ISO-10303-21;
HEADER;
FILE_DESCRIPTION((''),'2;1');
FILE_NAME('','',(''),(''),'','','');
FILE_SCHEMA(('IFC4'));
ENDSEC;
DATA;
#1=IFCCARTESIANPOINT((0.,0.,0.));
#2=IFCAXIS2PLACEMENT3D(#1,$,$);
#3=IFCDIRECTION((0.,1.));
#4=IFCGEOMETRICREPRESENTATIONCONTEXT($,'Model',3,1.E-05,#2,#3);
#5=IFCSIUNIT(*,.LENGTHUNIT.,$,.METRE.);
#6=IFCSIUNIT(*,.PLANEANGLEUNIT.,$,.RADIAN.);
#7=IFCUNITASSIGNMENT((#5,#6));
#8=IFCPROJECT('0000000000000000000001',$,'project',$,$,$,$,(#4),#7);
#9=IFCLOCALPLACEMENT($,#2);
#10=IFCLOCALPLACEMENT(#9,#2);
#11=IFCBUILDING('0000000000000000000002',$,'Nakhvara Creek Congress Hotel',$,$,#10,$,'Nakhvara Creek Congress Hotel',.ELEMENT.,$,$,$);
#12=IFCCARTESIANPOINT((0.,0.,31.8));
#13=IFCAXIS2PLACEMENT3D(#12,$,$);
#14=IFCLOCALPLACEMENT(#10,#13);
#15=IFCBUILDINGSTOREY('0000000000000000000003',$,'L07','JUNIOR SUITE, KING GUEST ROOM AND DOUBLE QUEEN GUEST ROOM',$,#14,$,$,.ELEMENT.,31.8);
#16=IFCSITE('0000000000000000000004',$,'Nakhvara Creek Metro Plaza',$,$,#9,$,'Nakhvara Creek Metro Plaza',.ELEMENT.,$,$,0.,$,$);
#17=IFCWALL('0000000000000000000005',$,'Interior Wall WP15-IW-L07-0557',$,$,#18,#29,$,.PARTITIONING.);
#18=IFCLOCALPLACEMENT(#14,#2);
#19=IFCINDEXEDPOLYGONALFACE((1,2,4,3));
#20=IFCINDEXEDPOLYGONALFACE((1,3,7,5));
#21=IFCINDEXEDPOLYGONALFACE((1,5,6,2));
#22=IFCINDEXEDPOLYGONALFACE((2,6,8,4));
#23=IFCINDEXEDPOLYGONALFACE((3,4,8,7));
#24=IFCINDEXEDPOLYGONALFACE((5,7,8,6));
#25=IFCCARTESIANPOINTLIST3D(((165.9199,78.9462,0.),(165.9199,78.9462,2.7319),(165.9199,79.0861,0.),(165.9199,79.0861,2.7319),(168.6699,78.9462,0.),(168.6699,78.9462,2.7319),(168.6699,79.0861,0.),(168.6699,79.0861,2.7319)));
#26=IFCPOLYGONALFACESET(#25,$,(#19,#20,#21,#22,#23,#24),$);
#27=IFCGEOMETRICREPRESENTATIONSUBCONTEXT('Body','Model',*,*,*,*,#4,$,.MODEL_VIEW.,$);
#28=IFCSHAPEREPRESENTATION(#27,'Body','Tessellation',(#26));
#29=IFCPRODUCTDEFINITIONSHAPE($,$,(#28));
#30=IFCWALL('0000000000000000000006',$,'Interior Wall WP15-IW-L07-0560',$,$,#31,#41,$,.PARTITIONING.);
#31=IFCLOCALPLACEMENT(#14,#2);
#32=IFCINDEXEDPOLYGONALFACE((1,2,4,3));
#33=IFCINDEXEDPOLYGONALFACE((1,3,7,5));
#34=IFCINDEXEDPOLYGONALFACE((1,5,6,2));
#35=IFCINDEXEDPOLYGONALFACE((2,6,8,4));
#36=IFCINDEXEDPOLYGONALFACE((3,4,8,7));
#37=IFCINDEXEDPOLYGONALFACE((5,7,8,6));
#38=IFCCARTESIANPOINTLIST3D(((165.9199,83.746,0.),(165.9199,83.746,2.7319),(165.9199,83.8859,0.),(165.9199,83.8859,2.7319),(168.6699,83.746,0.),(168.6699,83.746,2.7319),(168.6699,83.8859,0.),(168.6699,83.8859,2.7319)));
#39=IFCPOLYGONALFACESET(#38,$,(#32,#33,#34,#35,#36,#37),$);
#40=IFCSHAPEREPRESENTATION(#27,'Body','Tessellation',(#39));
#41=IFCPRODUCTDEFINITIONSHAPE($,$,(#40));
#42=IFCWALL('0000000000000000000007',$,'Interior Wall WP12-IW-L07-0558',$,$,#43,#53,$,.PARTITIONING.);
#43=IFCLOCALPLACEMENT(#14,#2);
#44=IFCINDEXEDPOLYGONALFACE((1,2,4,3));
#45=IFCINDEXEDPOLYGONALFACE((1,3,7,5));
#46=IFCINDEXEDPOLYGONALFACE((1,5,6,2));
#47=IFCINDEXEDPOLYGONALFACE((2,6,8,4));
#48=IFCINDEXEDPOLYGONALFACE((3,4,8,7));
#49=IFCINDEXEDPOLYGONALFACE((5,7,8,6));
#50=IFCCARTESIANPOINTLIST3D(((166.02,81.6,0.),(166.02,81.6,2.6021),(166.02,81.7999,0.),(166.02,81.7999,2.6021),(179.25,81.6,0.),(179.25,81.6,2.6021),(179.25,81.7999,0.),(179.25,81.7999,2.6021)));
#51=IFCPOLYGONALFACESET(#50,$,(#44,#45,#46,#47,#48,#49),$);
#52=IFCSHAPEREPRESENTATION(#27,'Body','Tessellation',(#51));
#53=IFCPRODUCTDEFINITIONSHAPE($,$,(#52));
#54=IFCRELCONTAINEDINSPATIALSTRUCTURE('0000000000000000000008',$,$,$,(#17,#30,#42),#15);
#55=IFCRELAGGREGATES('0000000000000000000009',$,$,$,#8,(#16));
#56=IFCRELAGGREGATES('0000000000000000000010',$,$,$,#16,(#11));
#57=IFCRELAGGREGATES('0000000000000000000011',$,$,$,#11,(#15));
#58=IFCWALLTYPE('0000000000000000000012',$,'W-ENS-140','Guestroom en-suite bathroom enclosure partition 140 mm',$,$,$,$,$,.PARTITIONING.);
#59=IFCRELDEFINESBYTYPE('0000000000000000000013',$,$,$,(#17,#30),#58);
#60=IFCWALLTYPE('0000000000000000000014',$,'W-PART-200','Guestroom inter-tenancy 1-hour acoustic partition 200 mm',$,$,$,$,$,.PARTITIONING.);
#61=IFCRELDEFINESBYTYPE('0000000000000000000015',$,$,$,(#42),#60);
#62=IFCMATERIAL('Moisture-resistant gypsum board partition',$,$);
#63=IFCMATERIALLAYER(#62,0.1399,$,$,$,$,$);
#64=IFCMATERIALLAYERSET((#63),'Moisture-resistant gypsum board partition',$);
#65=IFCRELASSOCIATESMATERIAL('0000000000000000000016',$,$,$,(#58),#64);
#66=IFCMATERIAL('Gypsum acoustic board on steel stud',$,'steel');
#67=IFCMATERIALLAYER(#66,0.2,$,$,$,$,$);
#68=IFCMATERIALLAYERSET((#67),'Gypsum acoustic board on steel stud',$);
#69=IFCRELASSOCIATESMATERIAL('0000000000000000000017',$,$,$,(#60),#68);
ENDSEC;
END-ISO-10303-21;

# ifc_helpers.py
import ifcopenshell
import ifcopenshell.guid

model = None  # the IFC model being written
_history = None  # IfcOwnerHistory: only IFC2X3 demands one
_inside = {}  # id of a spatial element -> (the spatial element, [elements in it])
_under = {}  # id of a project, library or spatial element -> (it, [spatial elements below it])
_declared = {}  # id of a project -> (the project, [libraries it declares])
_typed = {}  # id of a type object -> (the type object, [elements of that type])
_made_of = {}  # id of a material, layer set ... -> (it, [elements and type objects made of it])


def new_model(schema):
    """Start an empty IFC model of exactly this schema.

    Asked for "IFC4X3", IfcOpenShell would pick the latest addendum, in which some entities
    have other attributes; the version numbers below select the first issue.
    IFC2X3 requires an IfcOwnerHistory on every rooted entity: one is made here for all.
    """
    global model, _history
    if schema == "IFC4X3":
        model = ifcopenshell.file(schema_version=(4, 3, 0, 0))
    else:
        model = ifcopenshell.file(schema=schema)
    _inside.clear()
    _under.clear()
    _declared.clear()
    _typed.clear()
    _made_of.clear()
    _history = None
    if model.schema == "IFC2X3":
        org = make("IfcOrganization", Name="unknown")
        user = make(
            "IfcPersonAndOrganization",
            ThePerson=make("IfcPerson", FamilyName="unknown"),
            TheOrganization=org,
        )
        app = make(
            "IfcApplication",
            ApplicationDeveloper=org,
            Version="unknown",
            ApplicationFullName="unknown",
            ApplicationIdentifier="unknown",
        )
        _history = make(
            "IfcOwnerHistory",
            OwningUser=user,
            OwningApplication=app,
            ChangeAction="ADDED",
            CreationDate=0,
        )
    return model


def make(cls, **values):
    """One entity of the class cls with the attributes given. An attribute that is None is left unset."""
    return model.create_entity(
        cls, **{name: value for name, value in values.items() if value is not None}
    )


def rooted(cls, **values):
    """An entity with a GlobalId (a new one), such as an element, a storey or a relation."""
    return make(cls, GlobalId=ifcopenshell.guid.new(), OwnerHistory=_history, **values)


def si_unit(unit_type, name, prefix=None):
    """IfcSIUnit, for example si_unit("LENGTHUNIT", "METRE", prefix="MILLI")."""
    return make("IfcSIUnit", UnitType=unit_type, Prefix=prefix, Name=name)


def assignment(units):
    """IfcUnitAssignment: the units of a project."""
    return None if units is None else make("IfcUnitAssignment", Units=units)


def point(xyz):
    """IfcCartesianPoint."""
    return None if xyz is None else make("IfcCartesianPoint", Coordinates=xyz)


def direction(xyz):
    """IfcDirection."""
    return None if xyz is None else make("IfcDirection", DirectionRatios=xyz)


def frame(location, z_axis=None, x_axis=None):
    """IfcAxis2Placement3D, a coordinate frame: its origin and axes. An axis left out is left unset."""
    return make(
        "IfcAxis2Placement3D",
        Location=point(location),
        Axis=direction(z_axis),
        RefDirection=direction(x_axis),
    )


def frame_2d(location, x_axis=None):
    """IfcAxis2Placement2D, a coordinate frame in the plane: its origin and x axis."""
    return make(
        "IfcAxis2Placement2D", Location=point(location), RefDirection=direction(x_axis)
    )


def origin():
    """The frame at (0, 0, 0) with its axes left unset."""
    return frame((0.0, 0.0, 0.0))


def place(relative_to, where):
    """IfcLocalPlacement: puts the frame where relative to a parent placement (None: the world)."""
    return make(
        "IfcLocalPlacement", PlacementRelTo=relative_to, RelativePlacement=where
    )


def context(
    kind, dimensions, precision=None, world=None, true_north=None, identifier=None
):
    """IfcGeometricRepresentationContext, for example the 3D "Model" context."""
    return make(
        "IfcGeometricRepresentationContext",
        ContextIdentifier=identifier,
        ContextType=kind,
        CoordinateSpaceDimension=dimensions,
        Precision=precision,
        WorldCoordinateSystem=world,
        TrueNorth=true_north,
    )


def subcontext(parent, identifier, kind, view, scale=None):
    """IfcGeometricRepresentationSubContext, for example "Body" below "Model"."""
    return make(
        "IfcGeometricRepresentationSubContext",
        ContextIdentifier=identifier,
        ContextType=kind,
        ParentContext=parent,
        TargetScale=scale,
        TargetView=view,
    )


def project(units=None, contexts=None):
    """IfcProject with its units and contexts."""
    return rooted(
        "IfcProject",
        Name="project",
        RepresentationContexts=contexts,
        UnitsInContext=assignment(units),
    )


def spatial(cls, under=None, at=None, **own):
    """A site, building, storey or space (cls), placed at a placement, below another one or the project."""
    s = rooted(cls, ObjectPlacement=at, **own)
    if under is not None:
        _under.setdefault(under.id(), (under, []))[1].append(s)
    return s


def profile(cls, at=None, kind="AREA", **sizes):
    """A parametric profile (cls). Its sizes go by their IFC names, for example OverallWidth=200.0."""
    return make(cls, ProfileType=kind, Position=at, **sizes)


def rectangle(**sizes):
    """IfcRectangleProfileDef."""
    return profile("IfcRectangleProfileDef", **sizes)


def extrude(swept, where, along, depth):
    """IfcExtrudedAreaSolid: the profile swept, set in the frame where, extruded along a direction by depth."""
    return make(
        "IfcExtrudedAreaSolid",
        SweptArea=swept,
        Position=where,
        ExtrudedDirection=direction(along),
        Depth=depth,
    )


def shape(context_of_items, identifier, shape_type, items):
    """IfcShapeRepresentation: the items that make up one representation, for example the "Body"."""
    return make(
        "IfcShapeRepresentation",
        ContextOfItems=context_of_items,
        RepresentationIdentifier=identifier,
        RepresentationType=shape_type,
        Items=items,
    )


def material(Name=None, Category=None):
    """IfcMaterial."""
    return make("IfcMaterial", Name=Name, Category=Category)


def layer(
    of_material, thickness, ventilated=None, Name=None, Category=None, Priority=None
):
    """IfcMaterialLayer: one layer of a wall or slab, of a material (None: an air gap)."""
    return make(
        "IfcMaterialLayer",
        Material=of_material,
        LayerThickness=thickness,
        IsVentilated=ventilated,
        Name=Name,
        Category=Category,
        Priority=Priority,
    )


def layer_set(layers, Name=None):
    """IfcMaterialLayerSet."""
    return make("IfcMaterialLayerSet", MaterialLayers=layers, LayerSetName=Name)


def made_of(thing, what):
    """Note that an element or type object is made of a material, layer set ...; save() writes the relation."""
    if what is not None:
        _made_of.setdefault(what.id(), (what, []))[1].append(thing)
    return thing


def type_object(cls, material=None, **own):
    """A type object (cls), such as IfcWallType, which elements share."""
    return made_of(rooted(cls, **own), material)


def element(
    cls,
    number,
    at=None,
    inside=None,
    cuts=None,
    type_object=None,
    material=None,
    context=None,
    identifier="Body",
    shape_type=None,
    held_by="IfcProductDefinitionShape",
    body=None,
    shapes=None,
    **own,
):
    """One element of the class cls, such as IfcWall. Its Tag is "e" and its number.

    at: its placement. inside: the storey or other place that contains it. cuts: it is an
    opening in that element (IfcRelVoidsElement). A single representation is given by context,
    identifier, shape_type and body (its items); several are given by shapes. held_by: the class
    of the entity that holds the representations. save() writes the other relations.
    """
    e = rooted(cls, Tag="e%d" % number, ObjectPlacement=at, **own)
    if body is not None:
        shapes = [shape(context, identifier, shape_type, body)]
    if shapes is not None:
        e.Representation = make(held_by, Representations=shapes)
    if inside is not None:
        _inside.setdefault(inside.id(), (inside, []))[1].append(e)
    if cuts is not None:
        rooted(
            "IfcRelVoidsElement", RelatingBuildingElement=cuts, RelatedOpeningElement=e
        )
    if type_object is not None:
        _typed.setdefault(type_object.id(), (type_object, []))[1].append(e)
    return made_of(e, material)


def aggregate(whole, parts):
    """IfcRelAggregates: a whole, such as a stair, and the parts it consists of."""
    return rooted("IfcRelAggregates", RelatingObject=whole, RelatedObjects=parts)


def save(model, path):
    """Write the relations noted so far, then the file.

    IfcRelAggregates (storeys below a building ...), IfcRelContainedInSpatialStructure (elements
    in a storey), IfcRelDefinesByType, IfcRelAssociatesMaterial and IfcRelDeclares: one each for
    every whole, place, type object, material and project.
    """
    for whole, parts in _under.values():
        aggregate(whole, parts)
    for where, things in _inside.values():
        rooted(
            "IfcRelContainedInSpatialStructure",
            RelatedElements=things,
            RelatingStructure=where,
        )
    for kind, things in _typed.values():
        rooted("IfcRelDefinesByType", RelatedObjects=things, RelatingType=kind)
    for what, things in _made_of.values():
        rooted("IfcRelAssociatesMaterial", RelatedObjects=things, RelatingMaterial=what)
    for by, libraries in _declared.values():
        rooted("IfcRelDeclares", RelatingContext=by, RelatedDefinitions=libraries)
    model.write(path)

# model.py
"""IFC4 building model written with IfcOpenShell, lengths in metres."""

from ifc_helpers import new_model, si_unit, direction, frame, frame_2d, origin, place, context, subcontext, project, spatial, rectangle, extrude, material, layer, layer_set, type_object, element, save


model = new_model("IFC4")

# Units and contexts
model_context = context("Model", 3, precision=1e-05, world=origin(), true_north=direction((0.0, 1.0)))
body_context = subcontext(model_context, "Body", "Model", "MODEL_VIEW")
ifc_project = project(units=[si_unit("LENGTHUNIT", "METRE"), si_unit("PLANEANGLEUNIT", "RADIAN")], contexts=[model_context])

# Site, building, storey
site_placement = place(None, origin())
site = spatial("IfcSite", under=ifc_project, at=site_placement, Name="Nakhvara Creek Metro Plaza", LongName="Nakhvara Creek Metro Plaza", CompositionType="ELEMENT", RefElevation=0.0)
building_placement = place(site_placement, origin())
building = spatial("IfcBuilding", under=site, at=building_placement, Name="Nakhvara Creek Congress Hotel", LongName="Nakhvara Creek Congress Hotel", CompositionType="ELEMENT")
storey_placement = place(building_placement, frame((0.0, 0.0, 31.8)))
storey = spatial("IfcBuildingStorey", under=building, at=storey_placement, Name="L07", Description="JUNIOR SUITE, KING GUEST ROOM AND DOUBLE QUEEN GUEST ROOM", CompositionType="ELEMENT", Elevation=31.8)

# Shared definitions
ifc_material_1 = material(Name="Moisture-resistant gypsum board partition")
ifc_layer_1 = layer(ifc_material_1, 0.1399)
ifc_layer_set_1 = layer_set([ifc_layer_1], Name="Moisture-resistant gypsum board partition")
wall_type_1 = type_object("IfcWallType", Name="W-ENS-140", Description="Guestroom en-suite bathroom enclosure partition 140 mm", PredefinedType="PARTITIONING", material=ifc_layer_set_1)

# Wall
wall_1_placement = place(storey_placement, frame((165.9199, 79.0161, 0.0), z_axis=(0.0, 0.0, 1.0), x_axis=(1.0, 0.0, 0.0)))
element("IfcWall", 1, at=wall_1_placement, inside=storey, type_object=wall_type_1, Name="Interior Wall WP15-IW-L07-0557", PredefinedType="PARTITIONING", context=body_context, shape_type="SweptSolid", body=[
    extrude(rectangle(XDim=2.75, YDim=0.1399, at=frame_2d((1.375, 0.0))), origin(), (0.0, 0.0, 1.0), 2.7319),
])

# Walls
wall_2_placement = place(storey_placement, frame((165.9199, 83.8159, 0.0), z_axis=(0.0, 0.0, 1.0), x_axis=(1.0, 0.0, 0.0)))
element("IfcWall", 2, at=wall_2_placement, inside=storey, type_object=wall_type_1, Name="Interior Wall WP15-IW-L07-0560", PredefinedType="PARTITIONING", context=body_context, shape_type="SweptSolid", body=[
    extrude(rectangle(XDim=2.75, YDim=0.1399, at=frame_2d((1.375, 0.0))), origin(), (0.0, 0.0, 1.0), 2.7319),
])
ifc_material_2 = material(Name="Gypsum acoustic board on steel stud", Category="steel")
ifc_layer_2 = layer(ifc_material_2, 0.2)
ifc_layer_set_2 = layer_set([ifc_layer_2], Name="Gypsum acoustic board on steel stud")
wall_type_2 = type_object("IfcWallType", Name="W-PART-200", Description="Guestroom inter-tenancy 1-hour acoustic partition 200 mm", PredefinedType="PARTITIONING", material=ifc_layer_set_2)
wall_3_placement = place(storey_placement, frame((166.02, 81.7, 0.0), z_axis=(0.0, 0.0, 1.0), x_axis=(1.0, 0.0, 0.0)))
element("IfcWall", 3, at=wall_3_placement, inside=storey, type_object=wall_type_2, Name="Interior Wall WP12-IW-L07-0558", PredefinedType="PARTITIONING", context=body_context, shape_type="SweptSolid", body=[
    extrude(rectangle(XDim=13.23, YDim=0.2, at=frame_2d((6.615, 0.0))), origin(), (0.0, 0.0, 1.0), 2.6021),
])

save(model, "model.ifc")
